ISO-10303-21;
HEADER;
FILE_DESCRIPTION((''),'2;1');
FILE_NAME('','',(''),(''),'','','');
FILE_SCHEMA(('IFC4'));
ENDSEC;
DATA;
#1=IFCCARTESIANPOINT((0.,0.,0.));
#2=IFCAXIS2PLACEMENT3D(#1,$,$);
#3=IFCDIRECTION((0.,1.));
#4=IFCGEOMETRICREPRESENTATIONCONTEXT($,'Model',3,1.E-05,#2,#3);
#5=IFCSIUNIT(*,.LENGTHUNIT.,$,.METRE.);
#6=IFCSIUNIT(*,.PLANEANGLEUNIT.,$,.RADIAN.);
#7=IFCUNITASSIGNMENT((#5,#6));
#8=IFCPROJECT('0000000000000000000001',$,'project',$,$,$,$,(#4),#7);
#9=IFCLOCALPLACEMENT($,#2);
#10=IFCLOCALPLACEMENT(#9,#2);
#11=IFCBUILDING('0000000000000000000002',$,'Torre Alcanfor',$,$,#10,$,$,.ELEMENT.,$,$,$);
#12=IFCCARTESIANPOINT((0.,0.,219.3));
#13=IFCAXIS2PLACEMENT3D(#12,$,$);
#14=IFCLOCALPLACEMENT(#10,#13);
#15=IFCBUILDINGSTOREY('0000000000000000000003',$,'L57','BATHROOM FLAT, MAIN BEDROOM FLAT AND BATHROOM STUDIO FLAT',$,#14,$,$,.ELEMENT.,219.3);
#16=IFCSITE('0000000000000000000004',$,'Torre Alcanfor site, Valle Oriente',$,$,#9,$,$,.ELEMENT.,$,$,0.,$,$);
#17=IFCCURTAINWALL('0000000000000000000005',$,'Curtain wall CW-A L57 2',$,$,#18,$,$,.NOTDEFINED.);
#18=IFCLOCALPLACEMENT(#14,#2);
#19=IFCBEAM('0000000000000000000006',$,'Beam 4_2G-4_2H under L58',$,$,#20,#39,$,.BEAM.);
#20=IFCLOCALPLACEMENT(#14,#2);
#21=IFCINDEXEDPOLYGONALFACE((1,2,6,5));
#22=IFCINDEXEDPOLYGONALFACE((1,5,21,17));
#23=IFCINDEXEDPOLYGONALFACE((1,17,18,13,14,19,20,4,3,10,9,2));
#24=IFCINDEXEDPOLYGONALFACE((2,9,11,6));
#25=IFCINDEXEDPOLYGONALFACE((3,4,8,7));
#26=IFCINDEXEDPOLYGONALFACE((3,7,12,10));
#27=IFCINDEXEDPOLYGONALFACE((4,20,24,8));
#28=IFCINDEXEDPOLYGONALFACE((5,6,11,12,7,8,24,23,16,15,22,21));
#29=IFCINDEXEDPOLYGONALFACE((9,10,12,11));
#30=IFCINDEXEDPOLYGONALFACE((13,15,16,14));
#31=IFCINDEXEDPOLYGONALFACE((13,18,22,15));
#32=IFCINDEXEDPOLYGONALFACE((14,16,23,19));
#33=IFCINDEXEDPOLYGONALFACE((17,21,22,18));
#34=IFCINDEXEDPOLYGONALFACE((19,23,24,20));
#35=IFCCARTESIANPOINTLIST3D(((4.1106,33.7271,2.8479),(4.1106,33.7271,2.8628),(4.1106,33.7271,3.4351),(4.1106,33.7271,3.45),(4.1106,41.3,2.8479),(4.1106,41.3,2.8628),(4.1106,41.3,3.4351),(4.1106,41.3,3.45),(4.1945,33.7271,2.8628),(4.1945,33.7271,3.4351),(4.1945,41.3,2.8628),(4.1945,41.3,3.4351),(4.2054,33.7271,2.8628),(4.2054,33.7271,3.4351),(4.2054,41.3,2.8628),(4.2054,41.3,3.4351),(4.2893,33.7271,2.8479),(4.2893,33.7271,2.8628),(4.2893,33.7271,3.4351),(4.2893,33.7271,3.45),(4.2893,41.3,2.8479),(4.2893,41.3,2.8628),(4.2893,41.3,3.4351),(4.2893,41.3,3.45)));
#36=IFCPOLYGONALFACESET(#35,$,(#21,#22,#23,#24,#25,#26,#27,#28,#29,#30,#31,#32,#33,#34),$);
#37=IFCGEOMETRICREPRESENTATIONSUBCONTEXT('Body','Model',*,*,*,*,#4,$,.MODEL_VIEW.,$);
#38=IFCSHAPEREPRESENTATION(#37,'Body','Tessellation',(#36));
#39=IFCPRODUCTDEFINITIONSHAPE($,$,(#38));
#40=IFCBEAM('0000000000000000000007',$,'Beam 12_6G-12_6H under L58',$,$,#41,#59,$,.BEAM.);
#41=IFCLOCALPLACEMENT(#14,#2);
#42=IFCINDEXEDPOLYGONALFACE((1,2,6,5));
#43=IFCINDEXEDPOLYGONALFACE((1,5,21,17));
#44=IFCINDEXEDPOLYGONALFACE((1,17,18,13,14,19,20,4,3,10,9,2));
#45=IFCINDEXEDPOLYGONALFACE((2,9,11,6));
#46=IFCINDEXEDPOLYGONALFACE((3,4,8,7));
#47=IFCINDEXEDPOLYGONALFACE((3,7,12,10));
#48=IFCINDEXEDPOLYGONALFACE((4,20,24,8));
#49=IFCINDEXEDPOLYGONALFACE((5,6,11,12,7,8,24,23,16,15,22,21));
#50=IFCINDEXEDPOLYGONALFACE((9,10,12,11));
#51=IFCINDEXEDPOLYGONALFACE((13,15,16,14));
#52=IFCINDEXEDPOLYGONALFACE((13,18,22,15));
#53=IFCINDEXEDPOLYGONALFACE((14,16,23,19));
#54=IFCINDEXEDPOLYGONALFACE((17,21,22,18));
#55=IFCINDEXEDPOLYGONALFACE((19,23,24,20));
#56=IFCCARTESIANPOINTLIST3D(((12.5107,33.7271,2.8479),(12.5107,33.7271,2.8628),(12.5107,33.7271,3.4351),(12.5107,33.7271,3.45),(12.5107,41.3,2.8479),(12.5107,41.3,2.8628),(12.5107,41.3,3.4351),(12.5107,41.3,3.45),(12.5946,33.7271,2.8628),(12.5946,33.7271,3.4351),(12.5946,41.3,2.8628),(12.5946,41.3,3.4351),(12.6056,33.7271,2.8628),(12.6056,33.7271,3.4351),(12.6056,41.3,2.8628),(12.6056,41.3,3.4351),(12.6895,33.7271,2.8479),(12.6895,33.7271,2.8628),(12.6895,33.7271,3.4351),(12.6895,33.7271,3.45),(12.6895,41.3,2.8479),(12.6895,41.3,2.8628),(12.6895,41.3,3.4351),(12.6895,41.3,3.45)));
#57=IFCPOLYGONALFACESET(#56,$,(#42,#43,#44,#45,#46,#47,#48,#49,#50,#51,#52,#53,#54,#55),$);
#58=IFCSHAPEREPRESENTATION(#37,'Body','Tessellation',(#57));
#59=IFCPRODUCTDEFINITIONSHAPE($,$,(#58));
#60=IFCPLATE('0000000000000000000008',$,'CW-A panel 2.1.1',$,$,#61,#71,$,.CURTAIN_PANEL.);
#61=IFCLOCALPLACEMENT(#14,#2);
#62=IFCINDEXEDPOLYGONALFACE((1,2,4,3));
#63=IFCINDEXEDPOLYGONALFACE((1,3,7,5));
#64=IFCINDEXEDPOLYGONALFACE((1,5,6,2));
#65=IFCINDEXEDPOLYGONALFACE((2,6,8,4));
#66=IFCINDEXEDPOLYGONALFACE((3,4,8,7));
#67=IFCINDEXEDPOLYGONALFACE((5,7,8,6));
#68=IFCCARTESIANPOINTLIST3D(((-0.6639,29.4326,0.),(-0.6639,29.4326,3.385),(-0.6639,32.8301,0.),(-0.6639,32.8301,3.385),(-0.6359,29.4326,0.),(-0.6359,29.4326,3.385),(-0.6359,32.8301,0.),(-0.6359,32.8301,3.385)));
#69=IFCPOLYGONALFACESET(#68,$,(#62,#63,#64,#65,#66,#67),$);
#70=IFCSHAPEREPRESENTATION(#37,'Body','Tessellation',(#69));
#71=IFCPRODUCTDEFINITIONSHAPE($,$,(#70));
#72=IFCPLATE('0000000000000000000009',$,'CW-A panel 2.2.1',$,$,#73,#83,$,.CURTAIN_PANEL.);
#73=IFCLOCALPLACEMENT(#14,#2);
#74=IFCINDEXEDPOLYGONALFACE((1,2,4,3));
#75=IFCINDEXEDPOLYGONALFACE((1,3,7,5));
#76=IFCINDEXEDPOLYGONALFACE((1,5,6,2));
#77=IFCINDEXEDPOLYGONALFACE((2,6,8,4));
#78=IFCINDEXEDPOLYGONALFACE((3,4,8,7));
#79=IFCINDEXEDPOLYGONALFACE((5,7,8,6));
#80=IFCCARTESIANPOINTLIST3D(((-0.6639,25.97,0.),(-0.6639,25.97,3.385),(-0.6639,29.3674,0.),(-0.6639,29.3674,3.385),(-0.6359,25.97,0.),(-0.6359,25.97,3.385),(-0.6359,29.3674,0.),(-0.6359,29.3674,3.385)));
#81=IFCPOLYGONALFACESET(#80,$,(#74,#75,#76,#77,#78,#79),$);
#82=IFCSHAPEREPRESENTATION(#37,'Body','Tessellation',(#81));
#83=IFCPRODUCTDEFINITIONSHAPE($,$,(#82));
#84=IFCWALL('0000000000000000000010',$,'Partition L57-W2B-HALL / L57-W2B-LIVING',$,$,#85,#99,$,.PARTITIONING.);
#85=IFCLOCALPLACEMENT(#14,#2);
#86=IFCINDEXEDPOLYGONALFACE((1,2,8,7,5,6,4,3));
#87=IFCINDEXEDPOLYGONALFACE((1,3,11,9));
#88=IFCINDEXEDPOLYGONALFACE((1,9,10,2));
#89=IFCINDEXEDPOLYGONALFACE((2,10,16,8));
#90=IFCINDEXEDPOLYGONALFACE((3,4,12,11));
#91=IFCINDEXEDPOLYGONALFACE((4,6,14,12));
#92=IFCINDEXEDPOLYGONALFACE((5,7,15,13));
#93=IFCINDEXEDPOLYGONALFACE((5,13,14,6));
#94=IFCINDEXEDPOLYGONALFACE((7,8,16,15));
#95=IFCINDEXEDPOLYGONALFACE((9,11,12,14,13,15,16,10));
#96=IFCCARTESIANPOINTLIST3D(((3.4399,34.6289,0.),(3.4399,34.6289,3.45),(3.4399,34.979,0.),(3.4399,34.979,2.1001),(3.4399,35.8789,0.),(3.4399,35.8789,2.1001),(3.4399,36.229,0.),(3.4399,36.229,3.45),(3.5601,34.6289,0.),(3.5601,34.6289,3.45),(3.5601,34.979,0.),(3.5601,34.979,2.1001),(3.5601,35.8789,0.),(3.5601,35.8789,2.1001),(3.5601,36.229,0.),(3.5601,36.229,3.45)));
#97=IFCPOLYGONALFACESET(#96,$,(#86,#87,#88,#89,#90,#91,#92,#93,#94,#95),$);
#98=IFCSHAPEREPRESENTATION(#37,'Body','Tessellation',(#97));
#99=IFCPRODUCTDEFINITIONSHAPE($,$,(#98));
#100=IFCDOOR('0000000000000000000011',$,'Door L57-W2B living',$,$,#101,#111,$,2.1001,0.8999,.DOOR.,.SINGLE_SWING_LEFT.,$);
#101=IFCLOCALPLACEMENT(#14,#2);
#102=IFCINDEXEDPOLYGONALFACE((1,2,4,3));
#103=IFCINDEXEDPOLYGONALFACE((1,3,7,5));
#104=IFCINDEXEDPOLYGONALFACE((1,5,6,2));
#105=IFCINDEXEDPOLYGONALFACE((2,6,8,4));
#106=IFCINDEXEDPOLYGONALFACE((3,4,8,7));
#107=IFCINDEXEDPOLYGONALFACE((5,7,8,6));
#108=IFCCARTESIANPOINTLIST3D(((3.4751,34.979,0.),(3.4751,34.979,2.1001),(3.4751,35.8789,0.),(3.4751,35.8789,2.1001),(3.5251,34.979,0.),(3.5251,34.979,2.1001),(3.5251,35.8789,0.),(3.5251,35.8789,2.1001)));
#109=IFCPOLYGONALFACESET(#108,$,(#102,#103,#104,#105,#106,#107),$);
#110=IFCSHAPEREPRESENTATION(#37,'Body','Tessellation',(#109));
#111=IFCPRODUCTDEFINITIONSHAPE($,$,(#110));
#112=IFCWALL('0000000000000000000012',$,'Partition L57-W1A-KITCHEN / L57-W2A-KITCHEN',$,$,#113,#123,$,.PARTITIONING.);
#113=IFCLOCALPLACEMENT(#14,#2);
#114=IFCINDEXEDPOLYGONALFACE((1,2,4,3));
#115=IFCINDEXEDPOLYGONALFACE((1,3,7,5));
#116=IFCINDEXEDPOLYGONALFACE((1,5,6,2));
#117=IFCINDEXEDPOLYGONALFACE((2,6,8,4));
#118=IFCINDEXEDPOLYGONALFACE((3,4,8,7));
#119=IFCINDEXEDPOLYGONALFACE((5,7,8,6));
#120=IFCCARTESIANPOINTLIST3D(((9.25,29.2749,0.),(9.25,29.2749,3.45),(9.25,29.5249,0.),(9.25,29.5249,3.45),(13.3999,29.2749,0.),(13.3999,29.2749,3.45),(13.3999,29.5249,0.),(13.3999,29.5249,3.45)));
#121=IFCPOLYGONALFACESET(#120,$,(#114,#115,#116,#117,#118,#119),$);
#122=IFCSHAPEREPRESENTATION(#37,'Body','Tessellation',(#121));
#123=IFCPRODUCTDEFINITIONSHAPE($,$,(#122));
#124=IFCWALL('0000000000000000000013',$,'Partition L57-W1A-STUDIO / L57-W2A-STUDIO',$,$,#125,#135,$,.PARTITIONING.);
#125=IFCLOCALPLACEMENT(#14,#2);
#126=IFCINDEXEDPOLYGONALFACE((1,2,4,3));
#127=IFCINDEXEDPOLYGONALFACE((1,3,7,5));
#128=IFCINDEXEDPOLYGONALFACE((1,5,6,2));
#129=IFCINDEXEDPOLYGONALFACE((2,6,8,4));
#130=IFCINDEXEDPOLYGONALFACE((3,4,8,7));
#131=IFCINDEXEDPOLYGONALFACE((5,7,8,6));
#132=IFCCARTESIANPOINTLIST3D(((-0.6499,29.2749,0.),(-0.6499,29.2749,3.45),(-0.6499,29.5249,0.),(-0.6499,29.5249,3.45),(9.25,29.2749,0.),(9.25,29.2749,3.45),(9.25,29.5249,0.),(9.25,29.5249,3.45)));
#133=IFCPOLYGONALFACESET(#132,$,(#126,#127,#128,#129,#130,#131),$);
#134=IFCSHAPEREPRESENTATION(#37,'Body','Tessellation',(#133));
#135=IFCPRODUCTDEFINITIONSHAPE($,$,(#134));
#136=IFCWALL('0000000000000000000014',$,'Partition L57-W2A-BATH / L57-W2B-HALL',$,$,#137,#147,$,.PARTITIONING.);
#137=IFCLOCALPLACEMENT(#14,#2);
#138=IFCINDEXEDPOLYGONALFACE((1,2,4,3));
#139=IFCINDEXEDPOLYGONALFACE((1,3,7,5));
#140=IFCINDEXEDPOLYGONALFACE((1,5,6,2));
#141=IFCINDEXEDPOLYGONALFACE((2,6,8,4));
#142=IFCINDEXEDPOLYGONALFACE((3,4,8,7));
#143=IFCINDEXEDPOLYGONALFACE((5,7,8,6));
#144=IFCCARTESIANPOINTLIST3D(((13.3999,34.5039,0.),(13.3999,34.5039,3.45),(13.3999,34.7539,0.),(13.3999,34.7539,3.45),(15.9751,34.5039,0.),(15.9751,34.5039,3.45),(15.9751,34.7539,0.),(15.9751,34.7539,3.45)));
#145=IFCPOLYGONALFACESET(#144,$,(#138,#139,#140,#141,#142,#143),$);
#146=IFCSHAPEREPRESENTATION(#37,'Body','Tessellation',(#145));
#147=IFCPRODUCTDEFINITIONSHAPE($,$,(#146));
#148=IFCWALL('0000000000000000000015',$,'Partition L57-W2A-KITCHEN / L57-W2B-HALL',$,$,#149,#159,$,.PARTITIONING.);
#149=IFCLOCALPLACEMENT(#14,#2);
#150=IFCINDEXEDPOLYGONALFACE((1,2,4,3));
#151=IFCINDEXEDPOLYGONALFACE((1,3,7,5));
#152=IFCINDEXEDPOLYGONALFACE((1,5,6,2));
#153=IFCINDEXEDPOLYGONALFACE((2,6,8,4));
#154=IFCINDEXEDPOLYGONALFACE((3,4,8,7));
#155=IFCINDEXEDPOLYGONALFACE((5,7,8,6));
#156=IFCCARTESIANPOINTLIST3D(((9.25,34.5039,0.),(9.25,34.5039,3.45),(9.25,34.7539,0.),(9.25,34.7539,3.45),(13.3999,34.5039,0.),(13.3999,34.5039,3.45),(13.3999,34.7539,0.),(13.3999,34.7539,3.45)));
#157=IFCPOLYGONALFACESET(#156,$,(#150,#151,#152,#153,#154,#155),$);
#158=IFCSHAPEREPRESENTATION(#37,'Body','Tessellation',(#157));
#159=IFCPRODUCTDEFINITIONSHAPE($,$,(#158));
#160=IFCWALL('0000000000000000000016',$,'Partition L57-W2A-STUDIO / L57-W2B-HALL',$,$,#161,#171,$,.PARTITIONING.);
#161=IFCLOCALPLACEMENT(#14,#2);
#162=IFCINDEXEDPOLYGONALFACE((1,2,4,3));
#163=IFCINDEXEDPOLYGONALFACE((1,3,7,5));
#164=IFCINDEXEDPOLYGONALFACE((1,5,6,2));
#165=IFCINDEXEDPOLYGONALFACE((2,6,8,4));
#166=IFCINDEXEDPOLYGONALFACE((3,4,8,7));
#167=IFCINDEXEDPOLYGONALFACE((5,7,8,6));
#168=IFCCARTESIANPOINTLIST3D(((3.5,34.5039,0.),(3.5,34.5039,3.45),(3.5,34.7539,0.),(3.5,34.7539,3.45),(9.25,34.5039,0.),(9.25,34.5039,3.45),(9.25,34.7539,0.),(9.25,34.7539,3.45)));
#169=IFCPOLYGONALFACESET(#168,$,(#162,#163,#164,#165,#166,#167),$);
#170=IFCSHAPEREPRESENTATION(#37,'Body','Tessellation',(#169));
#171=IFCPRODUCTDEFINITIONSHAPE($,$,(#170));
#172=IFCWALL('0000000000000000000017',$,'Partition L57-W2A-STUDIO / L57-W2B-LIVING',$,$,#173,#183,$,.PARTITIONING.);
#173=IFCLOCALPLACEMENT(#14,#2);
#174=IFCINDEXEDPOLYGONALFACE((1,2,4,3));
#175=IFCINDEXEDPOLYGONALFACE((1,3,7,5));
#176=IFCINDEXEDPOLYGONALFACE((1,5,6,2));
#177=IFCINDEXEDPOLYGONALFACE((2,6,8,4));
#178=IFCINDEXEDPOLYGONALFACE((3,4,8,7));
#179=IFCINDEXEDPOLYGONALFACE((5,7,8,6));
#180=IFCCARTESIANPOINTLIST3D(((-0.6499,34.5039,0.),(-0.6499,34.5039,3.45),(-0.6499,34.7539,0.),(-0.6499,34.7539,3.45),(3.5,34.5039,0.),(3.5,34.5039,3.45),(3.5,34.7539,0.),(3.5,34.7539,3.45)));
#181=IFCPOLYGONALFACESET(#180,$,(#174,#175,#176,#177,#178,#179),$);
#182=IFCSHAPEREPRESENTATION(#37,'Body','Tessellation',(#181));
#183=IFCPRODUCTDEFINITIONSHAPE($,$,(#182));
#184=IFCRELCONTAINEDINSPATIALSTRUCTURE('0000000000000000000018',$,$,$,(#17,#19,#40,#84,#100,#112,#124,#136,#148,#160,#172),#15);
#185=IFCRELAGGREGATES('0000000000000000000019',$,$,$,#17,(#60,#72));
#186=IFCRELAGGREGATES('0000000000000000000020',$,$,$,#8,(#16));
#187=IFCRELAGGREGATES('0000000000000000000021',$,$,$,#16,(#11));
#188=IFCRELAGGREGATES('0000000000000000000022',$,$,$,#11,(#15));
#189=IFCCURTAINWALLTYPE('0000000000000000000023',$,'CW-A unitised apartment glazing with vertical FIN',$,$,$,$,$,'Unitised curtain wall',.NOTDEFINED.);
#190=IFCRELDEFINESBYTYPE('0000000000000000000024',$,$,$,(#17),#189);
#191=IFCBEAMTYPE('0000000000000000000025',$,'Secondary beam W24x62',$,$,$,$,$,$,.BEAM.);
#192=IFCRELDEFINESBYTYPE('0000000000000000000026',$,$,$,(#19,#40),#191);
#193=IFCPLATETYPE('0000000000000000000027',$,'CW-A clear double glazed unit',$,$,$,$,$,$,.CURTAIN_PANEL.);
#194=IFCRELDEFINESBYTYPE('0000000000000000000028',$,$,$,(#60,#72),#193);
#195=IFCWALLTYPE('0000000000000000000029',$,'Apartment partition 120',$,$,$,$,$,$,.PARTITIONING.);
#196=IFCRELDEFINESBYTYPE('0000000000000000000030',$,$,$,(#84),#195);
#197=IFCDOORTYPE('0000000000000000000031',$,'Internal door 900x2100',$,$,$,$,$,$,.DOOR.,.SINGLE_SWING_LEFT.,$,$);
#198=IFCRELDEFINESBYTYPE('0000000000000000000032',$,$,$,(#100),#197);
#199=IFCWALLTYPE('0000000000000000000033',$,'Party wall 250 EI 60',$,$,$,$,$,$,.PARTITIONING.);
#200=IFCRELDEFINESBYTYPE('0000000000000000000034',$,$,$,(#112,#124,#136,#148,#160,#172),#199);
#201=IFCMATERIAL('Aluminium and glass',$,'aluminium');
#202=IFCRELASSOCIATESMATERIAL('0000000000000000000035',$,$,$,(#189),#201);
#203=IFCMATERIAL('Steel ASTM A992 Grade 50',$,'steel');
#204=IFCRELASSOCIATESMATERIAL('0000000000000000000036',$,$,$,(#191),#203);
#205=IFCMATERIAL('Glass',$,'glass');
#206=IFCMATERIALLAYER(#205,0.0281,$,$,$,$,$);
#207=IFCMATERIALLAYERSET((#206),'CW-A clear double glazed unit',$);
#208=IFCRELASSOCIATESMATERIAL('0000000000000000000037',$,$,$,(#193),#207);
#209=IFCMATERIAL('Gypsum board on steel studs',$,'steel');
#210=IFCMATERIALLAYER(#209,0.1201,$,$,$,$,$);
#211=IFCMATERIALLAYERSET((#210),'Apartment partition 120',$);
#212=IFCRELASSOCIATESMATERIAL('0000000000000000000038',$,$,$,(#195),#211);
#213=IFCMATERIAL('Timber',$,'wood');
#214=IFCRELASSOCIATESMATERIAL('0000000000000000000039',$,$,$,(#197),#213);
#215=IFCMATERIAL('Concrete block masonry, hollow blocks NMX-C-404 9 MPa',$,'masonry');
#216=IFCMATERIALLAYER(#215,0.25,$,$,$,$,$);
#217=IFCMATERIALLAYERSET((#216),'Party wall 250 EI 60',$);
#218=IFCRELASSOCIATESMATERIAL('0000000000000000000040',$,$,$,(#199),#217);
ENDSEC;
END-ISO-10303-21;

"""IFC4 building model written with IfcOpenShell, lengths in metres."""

from ifc_helpers import new_model, si_unit, direction, frame, frame_2d, origin, origin_2d, place, context, subcontext, project, spatial, rectangle, i_section, extrude, material, layer, layer_set, material_profile, profile_set, type_object, element, fill, aggregate, save


model = new_model("IFC4")

# Units and contexts
model_context = context("Model", 3, precision=1e-05, world=origin(), true_north=direction((0.0, 1.0)))
body_context = subcontext(model_context, "Body", "Model", "MODEL_VIEW")
ifc_project = project(units=[si_unit("LENGTHUNIT", "METRE"), si_unit("PLANEANGLEUNIT", "RADIAN")], contexts=[model_context])

# Site, building, storey
site_placement = place(None, origin())
site = spatial("IfcSite", under=ifc_project, at=site_placement, Name="Torre Alcanfor site, Valle Oriente", CompositionType="ELEMENT", RefElevation=0.0)
building_placement = place(site_placement, origin())
building = spatial("IfcBuilding", under=site, at=building_placement, Name="Torre Alcanfor", CompositionType="ELEMENT")
storey_placement = place(building_placement, frame((0.0, 0.0, 219.3)))
storey = spatial("IfcBuildingStorey", under=building, at=storey_placement, Name="L57", Description="BATHROOM FLAT, MAIN BEDROOM FLAT AND BATHROOM STUDIO FLAT", CompositionType="ELEMENT", Elevation=219.3)

# Curtain wall
ifc_material_1 = material(Name="Aluminium and glass", Category="aluminium")
curtain_wall_type = type_object("IfcCurtainWallType", Name="CW-A unitised apartment glazing with vertical FIN", ElementType="Unitised curtain wall", PredefinedType="NOTDEFINED", material=ifc_material_1)
curtain_wall_placement = place(storey_placement, origin())
curtain_wall = element("IfcCurtainWall", 1, at=curtain_wall_placement, inside=storey, type_object=curtain_wall_type, Name="Curtain wall CW-A L57 2", PredefinedType="NOTDEFINED")

# Beams
ifc_material_2 = material(Name="Steel ASTM A992 Grade 50", Category="steel")
ifc_material_profile_1 = material_profile(ifc_material_2, i_section(OverallWidth=0.1787, OverallDepth=0.6021, WebThickness=0.011, FlangeThickness=0.0149, at=origin_2d()), Name="W24x62")
ifc_profile_set_1 = profile_set([ifc_material_profile_1], Name="Steel ASTM A992 Grade 50")
beam_type_1 = type_object("IfcBeamType", Name="Secondary beam W24x62", PredefinedType="BEAM", material=ifc_profile_set_1)
for number, where, z_axis, x_axis, name in (
    (2, (4.2, 33.7271, 3.1489), (0.0, 1.0, 0.0), (-1.0, 0.0, 0.0), "Beam 4_2G-4_2H under L58"),
    (3, (12.6001, 33.7271, 3.1489), (0.0, 1.0, 0.0), (-1.0, 0.0, 0.0), "Beam 12_6G-12_6H under L58"),
):
    element("IfcBeam", number, at=place(storey_placement, frame(where, z_axis=z_axis, x_axis=x_axis)), inside=storey, type_object=beam_type_1, Name=name, PredefinedType="BEAM", context=body_context, shape_type="SweptSolid", body=[
        extrude(i_section(OverallWidth=0.1787, OverallDepth=0.6021, WebThickness=0.011, FlangeThickness=0.0149, at=origin_2d()), origin(), (0.0, 0.0, 1.0), 7.573),
    ])

# Plates
ifc_material_3 = material(Name="Glass", Category="glass")
ifc_layer_1 = layer(ifc_material_3, 0.0281)
ifc_layer_set_1 = layer_set([ifc_layer_1], Name="CW-A clear double glazed unit")
plate_type = type_object("IfcPlateType", Name="CW-A clear double glazed unit", PredefinedType="CURTAIN_PANEL", material=ifc_layer_set_1)
plate_1_placement = place(storey_placement, frame((-0.6499, 31.1313, 0.0), z_axis=(0.0, 0.0, 1.0), x_axis=(0.0, -1.0, 0.0)))
plate_1 = element("IfcPlate", 4, at=plate_1_placement, type_object=plate_type, Name="CW-A panel 2.1.1", PredefinedType="CURTAIN_PANEL", context=body_context, shape_type="SweptSolid", body=[
    extrude(rectangle(XDim=3.3975, YDim=0.0281, at=origin_2d()), origin(), (0.0, 0.0, 1.0), 3.385),
])
plate_2_placement = place(storey_placement, frame((-0.6499, 27.6687, 0.0), z_axis=(0.0, 0.0, 1.0), x_axis=(0.0, -1.0, 0.0)))
plate_2 = element("IfcPlate", 5, at=plate_2_placement, type_object=plate_type, Name="CW-A panel 2.2.1", PredefinedType="CURTAIN_PANEL", context=body_context, shape_type="SweptSolid", body=[
    extrude(rectangle(XDim=3.3975, YDim=0.0281, at=origin_2d()), origin(), (0.0, 0.0, 1.0), 3.385),
])
aggregate(curtain_wall, [plate_1, plate_2])

# Wall, opening, door
ifc_material_4 = material(Name="Gypsum board on steel studs", Category="steel")
ifc_layer_2 = layer(ifc_material_4, 0.1201)
ifc_layer_set_2 = layer_set([ifc_layer_2], Name="Apartment partition 120")
wall_type_1 = type_object("IfcWallType", Name="Apartment partition 120", PredefinedType="PARTITIONING", material=ifc_layer_set_2)
wall_1_placement = place(storey_placement, frame((3.5, 34.6289, 0.0), z_axis=(0.0, 0.0, 1.0), x_axis=(0.0, 1.0, 0.0)))
wall_1 = element("IfcWall", 6, at=wall_1_placement, inside=storey, type_object=wall_type_1, Name="Partition L57-W2B-HALL / L57-W2B-LIVING", PredefinedType="PARTITIONING", context=body_context, shape_type="SweptSolid", body=[
    extrude(rectangle(XDim=1.6001, YDim=0.1201, at=frame_2d((0.8, 0.0))), origin(), (0.0, 0.0, 1.0), 3.45),
])
opening_1_placement = place(wall_1_placement, frame((0.3501, 0.0, 0.0)))
opening_1 = element("IfcOpeningElement", 7, at=opening_1_placement, cuts=wall_1, PredefinedType="OPENING", context=body_context, shape_type="SweptSolid", body=[
    extrude(rectangle(XDim=0.8999, YDim=2.1001, at=frame_2d((0.45, 1.05))), frame((0.0, 0.0701, 0.0), z_axis=(0.0, -1.0, 0.0), x_axis=(1.0, 0.0, 0.0)), (0.0, 0.0, 1.0), 0.1401),
])
ifc_material_5 = material(Name="Timber", Category="wood")
door_type_1 = type_object("IfcDoorType", Name="Internal door 900x2100", OperationType="SINGLE_SWING_LEFT", PredefinedType="DOOR", material=ifc_material_5)
door_1_placement = place(opening_1_placement, origin())
door_1 = element("IfcDoor", 8, at=door_1_placement, inside=storey, type_object=door_type_1, Name="Door L57-W2B living", OperationType="SINGLE_SWING_LEFT", OverallHeight=2.1001, OverallWidth=0.8999, PredefinedType="DOOR", context=body_context, shape_type="SweptSolid", body=[
    extrude(rectangle(XDim=0.8999, YDim=2.1001, at=frame_2d((0.45, 1.05))), frame((0.0, 0.0249, 0.0), z_axis=(0.0, -1.0, 0.0), x_axis=(1.0, 0.0, 0.0)), (0.0, 0.0, 1.0), 0.05),
])
fill(opening_1, door_1)

# Walls
ifc_material_6 = material(Name="Concrete block masonry, hollow blocks NMX-C-404 9 MPa", Category="masonry")
ifc_layer_3 = layer(ifc_material_6, 0.25)
ifc_layer_set_3 = layer_set([ifc_layer_3], Name="Party wall 250 EI 60")
wall_type_2 = type_object("IfcWallType", Name="Party wall 250 EI 60", PredefinedType="PARTITIONING", material=ifc_layer_set_3)
wall_2_placement = place(storey_placement, frame((13.3999, 29.3999, 0.0), z_axis=(0.0, 0.0, 1.0), x_axis=(-1.0, 0.0, 0.0)))
element("IfcWall", 9, at=wall_2_placement, inside=storey, type_object=wall_type_2, Name="Partition L57-W1A-KITCHEN / L57-W2A-KITCHEN", PredefinedType="PARTITIONING", context=body_context, shape_type="SweptSolid", body=[
    extrude(rectangle(XDim=4.1499, YDim=0.25, at=frame_2d((2.075, 0.0))), origin(), (0.0, 0.0, 1.0), 3.45),
])
wall_3_placement = place(storey_placement, frame((9.25, 29.3999, 0.0), z_axis=(0.0, 0.0, 1.0), x_axis=(-1.0, 0.0, 0.0)))
element("IfcWall", 10, at=wall_3_placement, inside=storey, type_object=wall_type_2, Name="Partition L57-W1A-STUDIO / L57-W2A-STUDIO", PredefinedType="PARTITIONING", context=body_context, shape_type="SweptSolid", body=[
    extrude(rectangle(XDim=9.8999, YDim=0.25, at=frame_2d((4.95, 0.0))), origin(), (0.0, 0.0, 1.0), 3.45),
])
wall_4_placement = place(storey_placement, frame((13.3999, 34.6289, 0.0), z_axis=(0.0, 0.0, 1.0), x_axis=(1.0, 0.0, 0.0)))
element("IfcWall", 11, at=wall_4_placement, inside=storey, type_object=wall_type_2, Name="Partition L57-W2A-BATH / L57-W2B-HALL", PredefinedType="PARTITIONING", context=body_context, shape_type="SweptSolid", body=[
    extrude(rectangle(XDim=2.5752, YDim=0.25, at=frame_2d((1.2876, 0.0))), origin(), (0.0, 0.0, 1.0), 3.45),
])
wall_5_placement = place(storey_placement, frame((9.25, 34.6289, 0.0), z_axis=(0.0, 0.0, 1.0), x_axis=(1.0, 0.0, 0.0)))
element("IfcWall", 12, at=wall_5_placement, inside=storey, type_object=wall_type_2, Name="Partition L57-W2A-KITCHEN / L57-W2B-HALL", PredefinedType="PARTITIONING", context=body_context, shape_type="SweptSolid", body=[
    extrude(rectangle(XDim=4.1499, YDim=0.25, at=frame_2d((2.075, 0.0))), origin(), (0.0, 0.0, 1.0), 3.45),
])
wall_6_placement = place(storey_placement, frame((3.5, 34.6289, 0.0), z_axis=(0.0, 0.0, 1.0), x_axis=(1.0, 0.0, 0.0)))
element("IfcWall", 13, at=wall_6_placement, inside=storey, type_object=wall_type_2, Name="Partition L57-W2A-STUDIO / L57-W2B-HALL", PredefinedType="PARTITIONING", context=body_context, shape_type="SweptSolid", body=[
    extrude(rectangle(XDim=5.75, YDim=0.25, at=frame_2d((2.875, 0.0))), origin(), (0.0, 0.0, 1.0), 3.45),
])
wall_7_placement = place(storey_placement, frame((-0.6499, 34.6289, 0.0), z_axis=(0.0, 0.0, 1.0), x_axis=(1.0, 0.0, 0.0)))
element("IfcWall", 14, at=wall_7_placement, inside=storey, type_object=wall_type_2, Name="Partition L57-W2A-STUDIO / L57-W2B-LIVING", PredefinedType="PARTITIONING", context=body_context, shape_type="SweptSolid", body=[
    extrude(rectangle(XDim=4.1499, YDim=0.25, at=frame_2d((2.075, 0.0))), origin(), (0.0, 0.0, 1.0), 3.45),
])

save(model, "model.ifc")
